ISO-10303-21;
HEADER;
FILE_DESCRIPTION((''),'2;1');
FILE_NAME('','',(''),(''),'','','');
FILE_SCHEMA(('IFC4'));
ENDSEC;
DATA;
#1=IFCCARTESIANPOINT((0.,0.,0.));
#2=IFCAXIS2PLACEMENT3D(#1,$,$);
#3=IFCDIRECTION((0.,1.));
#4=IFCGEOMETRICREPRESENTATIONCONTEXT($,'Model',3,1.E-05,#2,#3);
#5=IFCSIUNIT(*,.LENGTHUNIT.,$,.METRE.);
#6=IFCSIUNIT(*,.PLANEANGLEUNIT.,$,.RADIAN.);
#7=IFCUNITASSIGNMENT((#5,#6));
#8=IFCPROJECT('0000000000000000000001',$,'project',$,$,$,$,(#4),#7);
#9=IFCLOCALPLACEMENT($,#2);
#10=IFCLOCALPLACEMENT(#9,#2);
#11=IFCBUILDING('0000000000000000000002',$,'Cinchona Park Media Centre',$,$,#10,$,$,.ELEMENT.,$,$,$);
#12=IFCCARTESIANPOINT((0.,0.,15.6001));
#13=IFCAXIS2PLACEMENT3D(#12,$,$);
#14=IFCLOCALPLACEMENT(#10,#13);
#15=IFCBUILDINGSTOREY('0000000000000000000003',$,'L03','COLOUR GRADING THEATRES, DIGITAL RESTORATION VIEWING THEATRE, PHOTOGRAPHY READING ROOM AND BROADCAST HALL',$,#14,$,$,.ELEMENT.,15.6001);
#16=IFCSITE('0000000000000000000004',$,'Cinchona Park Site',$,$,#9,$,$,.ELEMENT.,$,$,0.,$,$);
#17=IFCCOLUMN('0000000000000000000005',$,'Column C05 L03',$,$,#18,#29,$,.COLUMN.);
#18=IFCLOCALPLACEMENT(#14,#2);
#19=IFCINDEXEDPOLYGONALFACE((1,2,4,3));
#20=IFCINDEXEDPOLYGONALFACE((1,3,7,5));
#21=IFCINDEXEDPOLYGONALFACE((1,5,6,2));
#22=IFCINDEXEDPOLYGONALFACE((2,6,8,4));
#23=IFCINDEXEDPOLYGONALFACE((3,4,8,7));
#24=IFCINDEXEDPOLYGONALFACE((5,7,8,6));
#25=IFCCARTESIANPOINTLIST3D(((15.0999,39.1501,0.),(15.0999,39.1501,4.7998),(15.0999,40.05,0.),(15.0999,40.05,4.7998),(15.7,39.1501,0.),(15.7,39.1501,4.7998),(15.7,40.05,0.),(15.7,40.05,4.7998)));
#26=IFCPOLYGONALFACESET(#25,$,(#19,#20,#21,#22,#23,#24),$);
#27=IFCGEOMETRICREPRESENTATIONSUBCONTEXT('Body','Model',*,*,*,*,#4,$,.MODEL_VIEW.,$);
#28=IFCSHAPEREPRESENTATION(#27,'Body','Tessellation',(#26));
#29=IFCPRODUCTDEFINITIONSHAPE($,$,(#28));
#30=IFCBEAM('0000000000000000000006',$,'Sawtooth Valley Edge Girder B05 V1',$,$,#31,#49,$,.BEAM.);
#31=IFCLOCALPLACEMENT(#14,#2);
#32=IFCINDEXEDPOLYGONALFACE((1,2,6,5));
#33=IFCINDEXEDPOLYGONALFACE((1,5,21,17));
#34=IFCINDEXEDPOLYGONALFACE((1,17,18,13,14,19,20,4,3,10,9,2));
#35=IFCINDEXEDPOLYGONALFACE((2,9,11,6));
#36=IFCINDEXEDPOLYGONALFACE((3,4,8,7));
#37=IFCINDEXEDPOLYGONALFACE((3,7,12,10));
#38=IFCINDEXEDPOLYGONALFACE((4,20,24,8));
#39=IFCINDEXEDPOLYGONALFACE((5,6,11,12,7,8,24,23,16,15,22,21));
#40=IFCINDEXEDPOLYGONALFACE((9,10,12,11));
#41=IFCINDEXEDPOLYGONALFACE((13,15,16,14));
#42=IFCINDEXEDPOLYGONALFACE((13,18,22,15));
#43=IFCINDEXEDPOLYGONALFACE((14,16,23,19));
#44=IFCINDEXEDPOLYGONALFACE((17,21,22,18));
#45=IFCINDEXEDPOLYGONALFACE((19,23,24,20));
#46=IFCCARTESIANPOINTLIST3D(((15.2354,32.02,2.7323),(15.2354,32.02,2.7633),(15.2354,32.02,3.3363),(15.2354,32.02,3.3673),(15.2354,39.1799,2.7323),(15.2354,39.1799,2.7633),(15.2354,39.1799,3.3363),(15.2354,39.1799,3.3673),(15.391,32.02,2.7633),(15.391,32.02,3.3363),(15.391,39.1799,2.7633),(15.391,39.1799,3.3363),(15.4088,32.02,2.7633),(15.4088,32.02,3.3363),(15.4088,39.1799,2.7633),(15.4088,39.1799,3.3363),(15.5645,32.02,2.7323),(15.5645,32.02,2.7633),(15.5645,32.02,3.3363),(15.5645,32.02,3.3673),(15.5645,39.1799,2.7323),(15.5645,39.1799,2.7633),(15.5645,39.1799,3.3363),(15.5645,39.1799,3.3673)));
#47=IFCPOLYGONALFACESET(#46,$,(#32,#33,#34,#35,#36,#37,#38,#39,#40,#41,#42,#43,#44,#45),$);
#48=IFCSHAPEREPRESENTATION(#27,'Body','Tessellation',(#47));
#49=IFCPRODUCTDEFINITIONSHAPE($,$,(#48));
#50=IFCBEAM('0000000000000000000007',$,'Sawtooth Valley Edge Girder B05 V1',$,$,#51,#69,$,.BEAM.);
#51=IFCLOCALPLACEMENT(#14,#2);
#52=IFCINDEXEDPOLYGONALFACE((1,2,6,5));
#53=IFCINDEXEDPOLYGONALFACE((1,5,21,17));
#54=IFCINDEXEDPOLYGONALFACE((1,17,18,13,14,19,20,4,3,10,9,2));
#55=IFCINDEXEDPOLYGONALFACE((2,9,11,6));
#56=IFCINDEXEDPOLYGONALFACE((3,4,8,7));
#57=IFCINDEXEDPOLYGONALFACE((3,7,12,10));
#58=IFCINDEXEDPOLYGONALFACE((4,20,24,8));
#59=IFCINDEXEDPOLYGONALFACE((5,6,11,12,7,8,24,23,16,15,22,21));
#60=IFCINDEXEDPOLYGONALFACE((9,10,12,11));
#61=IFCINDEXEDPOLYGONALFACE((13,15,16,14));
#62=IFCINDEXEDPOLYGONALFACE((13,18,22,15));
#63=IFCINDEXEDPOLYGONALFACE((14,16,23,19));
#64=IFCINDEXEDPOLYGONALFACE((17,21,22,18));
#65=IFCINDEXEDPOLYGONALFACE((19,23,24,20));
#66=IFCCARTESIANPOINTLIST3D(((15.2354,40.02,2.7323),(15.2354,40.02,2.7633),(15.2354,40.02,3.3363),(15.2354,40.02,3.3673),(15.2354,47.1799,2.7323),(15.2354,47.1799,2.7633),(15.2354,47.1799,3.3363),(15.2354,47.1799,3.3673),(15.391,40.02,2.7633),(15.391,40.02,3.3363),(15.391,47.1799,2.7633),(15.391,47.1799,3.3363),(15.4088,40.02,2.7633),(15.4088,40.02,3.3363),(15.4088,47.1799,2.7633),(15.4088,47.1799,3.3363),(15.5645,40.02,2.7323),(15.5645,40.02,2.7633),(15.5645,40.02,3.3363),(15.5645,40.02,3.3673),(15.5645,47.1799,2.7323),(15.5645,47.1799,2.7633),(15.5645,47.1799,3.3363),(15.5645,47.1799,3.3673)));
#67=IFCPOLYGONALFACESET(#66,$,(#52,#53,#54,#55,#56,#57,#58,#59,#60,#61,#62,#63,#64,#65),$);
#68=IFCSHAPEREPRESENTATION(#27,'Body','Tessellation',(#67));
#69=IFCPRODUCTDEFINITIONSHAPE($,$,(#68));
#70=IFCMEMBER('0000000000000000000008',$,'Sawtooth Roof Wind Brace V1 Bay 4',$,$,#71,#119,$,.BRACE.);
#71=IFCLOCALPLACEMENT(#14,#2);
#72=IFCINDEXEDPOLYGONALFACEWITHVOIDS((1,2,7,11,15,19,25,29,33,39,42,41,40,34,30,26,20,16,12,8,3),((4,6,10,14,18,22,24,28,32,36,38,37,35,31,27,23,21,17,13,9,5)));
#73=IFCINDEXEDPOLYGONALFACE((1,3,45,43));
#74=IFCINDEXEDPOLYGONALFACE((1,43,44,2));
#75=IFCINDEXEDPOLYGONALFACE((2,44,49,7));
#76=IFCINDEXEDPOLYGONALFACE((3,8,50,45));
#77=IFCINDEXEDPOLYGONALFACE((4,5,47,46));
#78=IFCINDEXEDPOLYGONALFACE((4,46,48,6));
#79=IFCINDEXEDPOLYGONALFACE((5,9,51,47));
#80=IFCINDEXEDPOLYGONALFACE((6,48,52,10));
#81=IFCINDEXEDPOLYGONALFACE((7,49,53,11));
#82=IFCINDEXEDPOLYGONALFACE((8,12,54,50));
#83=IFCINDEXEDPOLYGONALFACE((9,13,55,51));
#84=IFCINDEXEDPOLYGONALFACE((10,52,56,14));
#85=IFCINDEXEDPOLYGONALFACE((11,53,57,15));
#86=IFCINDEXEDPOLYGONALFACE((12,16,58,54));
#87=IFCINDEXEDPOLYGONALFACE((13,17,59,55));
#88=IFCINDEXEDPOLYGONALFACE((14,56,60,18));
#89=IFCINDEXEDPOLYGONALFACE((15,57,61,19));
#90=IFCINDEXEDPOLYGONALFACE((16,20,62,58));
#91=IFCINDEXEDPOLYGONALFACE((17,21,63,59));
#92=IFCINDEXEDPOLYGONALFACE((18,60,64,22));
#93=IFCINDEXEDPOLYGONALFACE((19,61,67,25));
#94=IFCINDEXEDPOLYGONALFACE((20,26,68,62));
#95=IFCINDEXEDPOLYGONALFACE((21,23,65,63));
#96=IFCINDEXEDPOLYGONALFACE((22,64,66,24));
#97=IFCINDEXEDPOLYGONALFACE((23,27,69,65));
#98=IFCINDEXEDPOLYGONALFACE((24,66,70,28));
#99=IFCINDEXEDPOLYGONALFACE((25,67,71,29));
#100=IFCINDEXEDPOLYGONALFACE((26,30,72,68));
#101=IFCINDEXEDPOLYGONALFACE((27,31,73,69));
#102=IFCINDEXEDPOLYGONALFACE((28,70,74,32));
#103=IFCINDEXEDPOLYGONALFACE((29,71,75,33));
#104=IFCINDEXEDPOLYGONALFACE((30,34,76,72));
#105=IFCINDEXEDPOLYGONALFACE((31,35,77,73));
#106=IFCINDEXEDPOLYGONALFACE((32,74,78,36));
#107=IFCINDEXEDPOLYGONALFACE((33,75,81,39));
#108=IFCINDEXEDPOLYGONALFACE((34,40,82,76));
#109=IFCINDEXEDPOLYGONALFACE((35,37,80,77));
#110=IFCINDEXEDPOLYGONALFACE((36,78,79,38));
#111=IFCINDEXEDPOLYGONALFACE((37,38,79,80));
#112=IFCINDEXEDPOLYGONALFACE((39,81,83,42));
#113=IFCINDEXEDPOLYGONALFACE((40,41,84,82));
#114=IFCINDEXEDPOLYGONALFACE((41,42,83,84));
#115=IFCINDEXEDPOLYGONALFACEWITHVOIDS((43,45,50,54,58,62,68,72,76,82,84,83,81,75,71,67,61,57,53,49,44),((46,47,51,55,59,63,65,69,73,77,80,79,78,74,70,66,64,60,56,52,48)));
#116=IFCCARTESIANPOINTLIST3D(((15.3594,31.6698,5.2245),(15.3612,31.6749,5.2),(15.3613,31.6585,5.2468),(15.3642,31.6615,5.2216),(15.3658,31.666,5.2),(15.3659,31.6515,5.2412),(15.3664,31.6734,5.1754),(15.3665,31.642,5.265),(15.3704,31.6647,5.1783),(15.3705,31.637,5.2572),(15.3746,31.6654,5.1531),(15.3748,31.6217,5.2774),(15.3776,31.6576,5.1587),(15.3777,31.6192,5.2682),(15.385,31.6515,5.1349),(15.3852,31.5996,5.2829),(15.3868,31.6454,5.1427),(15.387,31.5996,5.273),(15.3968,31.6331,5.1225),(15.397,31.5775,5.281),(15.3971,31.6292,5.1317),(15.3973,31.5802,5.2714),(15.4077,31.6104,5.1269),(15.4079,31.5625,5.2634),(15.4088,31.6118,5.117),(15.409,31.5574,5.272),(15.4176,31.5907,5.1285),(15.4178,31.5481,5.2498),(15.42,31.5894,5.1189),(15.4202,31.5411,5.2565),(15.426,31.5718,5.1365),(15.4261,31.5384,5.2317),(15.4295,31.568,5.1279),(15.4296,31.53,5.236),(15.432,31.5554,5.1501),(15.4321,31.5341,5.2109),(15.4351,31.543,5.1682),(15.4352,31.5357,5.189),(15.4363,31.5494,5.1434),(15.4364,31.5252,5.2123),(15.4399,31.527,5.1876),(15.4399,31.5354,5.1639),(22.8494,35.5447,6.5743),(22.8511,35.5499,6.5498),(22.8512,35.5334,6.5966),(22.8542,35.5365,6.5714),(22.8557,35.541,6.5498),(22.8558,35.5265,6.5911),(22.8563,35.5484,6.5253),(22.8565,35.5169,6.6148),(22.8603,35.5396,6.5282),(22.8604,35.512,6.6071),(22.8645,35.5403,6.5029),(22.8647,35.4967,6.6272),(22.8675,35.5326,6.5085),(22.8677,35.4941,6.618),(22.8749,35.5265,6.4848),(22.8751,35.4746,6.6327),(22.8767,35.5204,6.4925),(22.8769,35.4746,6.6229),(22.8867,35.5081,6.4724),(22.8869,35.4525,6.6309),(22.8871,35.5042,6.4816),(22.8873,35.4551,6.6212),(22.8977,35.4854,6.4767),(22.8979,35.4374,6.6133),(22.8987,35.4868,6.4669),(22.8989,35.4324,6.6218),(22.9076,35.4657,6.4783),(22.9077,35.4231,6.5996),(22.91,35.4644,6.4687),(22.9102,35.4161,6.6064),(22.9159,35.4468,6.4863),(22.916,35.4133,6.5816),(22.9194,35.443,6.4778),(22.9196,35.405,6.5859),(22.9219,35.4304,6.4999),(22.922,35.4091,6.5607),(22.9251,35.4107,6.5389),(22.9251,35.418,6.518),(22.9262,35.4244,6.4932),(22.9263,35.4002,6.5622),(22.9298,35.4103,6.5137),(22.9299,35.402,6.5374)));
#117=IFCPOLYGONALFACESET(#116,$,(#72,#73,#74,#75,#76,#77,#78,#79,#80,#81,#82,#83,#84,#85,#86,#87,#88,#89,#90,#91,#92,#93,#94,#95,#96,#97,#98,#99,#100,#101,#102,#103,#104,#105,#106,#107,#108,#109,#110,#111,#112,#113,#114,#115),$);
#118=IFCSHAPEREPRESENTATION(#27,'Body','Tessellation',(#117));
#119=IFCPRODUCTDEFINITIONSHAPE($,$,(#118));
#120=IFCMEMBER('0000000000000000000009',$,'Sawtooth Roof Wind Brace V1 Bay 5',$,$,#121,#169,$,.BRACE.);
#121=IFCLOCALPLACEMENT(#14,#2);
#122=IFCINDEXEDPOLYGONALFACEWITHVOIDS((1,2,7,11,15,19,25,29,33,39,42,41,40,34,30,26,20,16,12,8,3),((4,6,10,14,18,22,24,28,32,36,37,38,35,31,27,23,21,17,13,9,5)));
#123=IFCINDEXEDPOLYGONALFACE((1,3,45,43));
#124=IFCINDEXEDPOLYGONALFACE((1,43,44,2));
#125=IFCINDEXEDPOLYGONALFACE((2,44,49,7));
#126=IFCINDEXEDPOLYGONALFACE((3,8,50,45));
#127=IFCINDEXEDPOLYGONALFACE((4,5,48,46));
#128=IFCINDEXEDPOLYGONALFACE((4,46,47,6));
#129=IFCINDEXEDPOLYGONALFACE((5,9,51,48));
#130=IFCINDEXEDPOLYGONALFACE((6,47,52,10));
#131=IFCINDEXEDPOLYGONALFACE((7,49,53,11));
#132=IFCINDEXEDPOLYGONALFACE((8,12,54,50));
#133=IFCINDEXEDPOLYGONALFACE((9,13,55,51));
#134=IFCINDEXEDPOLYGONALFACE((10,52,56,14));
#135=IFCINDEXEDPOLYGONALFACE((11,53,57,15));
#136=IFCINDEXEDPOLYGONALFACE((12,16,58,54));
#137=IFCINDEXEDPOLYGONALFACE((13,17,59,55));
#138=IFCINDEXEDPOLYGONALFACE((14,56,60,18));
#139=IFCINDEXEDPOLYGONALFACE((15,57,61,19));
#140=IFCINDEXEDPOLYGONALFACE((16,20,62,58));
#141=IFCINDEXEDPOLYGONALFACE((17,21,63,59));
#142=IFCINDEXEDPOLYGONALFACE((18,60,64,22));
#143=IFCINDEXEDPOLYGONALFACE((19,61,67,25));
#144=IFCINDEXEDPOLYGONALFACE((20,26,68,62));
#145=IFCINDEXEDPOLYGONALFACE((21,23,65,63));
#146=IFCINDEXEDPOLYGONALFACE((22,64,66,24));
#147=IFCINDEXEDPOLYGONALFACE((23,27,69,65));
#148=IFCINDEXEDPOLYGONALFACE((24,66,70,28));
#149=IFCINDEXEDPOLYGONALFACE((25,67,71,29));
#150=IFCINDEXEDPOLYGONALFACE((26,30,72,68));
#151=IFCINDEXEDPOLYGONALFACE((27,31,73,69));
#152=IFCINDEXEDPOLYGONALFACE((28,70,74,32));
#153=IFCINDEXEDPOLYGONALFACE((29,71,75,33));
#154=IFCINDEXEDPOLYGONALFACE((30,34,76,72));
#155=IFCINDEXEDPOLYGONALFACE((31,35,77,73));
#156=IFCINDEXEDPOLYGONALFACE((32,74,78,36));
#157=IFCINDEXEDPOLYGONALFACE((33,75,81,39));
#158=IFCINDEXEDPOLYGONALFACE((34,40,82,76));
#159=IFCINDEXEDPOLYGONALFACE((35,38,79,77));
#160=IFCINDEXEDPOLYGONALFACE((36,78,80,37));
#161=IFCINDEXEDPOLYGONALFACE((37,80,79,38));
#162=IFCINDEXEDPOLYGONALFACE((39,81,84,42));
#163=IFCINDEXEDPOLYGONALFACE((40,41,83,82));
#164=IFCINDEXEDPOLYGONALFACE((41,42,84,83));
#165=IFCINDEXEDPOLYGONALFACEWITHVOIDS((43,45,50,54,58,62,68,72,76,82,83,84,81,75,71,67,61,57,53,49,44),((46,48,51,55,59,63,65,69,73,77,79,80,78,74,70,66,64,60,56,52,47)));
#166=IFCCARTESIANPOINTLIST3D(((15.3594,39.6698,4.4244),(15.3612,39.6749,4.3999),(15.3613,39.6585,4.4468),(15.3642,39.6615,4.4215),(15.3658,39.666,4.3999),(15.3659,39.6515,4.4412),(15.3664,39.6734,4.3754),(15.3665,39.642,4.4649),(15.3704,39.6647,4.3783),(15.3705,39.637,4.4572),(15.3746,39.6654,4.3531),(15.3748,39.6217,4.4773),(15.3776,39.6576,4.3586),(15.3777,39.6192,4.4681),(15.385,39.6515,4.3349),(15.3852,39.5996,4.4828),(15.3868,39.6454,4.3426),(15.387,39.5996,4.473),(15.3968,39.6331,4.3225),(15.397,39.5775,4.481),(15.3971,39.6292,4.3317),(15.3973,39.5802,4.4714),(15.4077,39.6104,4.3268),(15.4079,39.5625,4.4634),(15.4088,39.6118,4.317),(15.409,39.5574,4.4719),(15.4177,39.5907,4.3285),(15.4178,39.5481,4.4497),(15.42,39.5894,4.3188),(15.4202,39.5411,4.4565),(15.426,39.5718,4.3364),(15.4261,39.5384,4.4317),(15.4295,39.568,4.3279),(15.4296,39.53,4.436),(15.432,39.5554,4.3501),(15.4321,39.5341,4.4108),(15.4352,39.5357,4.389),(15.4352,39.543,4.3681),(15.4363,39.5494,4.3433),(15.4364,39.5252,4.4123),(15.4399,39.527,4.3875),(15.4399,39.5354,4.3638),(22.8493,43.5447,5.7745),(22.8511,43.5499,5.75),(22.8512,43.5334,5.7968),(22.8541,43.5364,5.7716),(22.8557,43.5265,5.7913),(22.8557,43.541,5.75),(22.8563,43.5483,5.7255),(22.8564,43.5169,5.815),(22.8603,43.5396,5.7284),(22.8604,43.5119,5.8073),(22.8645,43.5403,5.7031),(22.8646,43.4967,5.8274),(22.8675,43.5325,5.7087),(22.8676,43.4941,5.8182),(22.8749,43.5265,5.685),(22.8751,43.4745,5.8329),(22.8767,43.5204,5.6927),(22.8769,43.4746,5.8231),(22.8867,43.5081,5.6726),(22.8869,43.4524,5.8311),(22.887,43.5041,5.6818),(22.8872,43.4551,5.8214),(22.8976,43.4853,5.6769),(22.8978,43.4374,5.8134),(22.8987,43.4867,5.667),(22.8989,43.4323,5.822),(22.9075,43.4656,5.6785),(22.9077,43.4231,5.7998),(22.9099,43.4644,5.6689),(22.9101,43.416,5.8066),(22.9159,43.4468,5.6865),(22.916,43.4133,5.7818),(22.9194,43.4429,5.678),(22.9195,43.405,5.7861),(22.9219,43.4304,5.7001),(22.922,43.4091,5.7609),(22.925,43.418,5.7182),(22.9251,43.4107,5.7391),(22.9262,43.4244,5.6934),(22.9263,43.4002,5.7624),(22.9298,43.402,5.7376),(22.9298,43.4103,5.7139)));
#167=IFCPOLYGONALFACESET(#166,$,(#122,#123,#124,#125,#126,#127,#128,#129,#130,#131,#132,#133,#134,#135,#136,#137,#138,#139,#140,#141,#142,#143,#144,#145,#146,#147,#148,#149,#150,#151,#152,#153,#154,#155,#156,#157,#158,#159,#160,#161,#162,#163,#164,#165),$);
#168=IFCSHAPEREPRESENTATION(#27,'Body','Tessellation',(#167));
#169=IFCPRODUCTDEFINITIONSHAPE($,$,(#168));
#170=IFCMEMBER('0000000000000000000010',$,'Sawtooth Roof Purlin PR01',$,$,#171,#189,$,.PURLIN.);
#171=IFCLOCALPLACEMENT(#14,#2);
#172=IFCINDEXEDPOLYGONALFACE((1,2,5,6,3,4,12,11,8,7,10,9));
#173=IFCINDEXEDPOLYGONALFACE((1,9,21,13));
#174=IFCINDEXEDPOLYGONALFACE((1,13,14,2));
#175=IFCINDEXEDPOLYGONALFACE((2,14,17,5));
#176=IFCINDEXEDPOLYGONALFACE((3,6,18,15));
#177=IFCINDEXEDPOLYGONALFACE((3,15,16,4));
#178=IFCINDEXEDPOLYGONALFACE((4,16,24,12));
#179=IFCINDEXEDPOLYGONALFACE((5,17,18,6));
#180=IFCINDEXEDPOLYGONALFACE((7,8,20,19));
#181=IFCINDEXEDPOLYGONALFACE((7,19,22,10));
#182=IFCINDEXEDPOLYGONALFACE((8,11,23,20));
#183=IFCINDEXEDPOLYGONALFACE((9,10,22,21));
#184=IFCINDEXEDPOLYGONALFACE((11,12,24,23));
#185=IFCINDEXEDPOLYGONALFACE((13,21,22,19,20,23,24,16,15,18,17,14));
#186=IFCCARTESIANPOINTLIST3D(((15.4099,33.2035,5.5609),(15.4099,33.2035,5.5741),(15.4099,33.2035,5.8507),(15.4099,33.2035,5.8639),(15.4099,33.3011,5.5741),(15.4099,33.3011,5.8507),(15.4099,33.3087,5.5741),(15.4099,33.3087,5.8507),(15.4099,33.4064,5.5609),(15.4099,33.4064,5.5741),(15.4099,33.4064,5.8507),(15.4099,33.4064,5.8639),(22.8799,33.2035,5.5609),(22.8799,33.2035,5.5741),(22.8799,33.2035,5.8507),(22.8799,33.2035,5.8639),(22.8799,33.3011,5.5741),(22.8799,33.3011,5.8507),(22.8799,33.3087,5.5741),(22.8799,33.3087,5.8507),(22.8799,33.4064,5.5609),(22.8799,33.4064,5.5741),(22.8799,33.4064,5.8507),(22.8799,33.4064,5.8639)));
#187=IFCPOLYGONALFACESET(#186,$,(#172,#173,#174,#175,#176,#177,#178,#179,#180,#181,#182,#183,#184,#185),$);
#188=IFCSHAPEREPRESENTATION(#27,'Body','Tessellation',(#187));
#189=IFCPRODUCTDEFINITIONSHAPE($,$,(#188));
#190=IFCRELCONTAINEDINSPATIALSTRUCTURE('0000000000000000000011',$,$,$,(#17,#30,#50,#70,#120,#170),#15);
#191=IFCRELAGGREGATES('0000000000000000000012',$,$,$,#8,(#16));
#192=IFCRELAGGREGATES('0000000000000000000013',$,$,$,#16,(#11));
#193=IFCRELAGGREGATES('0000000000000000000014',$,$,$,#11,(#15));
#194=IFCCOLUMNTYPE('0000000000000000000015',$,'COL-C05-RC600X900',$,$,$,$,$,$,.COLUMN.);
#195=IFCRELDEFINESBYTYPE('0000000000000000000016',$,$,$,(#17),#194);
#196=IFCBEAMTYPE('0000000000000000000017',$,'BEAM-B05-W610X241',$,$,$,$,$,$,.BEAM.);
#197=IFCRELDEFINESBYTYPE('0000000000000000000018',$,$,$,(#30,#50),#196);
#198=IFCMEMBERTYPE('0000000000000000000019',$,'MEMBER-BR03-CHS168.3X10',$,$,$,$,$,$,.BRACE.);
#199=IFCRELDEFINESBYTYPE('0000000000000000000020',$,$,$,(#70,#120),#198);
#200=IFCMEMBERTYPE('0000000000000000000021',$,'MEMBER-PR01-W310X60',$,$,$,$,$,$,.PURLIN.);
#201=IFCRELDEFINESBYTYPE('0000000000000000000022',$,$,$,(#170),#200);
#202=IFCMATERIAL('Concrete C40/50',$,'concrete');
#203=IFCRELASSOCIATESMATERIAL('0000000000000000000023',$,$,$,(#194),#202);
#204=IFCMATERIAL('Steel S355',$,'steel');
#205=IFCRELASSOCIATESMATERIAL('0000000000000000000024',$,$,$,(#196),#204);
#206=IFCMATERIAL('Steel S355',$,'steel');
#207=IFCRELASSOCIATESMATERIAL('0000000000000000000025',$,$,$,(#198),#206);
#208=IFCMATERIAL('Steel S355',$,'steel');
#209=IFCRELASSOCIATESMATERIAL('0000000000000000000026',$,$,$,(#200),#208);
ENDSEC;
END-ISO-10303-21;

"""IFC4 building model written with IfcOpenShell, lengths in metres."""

from ifc_helpers import new_model, si_unit, direction, frame, origin, origin_2d, place, context, subcontext, project, spatial, rectangle, hollow_circle, i_section, extrude, material, material_profile, profile_set, type_object, element, save


model = new_model("IFC4")

# Units and contexts
model_context = context("Model", 3, precision=1e-05, world=origin(), true_north=direction((0.0, 1.0)))
body_context = subcontext(model_context, "Body", "Model", "MODEL_VIEW")
ifc_project = project(units=[si_unit("LENGTHUNIT", "METRE"), si_unit("PLANEANGLEUNIT", "RADIAN")], contexts=[model_context])

# Site, building, storey
site_placement = place(None, origin())
site = spatial("IfcSite", under=ifc_project, at=site_placement, Name="Cinchona Park Site", CompositionType="ELEMENT", RefElevation=0.0)
building_placement = place(site_placement, origin())
building = spatial("IfcBuilding", under=site, at=building_placement, Name="Cinchona Park Media Centre", CompositionType="ELEMENT")
storey_placement = place(building_placement, frame((0.0, 0.0, 15.6001)))
storey = spatial("IfcBuildingStorey", under=building, at=storey_placement, Name="L03", Description="COLOUR GRADING THEATRES, DIGITAL RESTORATION VIEWING THEATRE, PHOTOGRAPHY READING ROOM AND BROADCAST HALL", CompositionType="ELEMENT", Elevation=15.6001)

# Column
ifc_material_1 = material(Name="Concrete C40/50", Category="concrete")
ifc_material_profile_1 = material_profile(ifc_material_1, rectangle(XDim=0.6001, YDim=0.8999, at=origin_2d()), Name="RC 600X900")
ifc_profile_set_1 = profile_set([ifc_material_profile_1], Name="Concrete C40/50")
column_type = type_object("IfcColumnType", Name="COL-C05-RC600X900", PredefinedType="COLUMN", material=ifc_profile_set_1)
column_placement = place(storey_placement, frame((15.3999, 39.6001, 0.0), z_axis=(0.0, 0.0, 1.0), x_axis=(1.0, 0.0, 0.0)))
element("IfcColumn", 1, at=column_placement, inside=storey, type_object=column_type, Name="Column C05 L03", PredefinedType="COLUMN", context=body_context, shape_type="SweptSolid", body=[
    extrude(rectangle(XDim=0.6001, YDim=0.8999, at=origin_2d()), origin(), (0.0, 0.0, 1.0), 4.7998),
])

# Beams
ifc_material_2 = material(Name="Steel S355", Category="steel")
ifc_material_profile_2 = material_profile(ifc_material_2, i_section(OverallWidth=0.3291, OverallDepth=0.635, WebThickness=0.0178, FlangeThickness=0.031, at=origin_2d()), Name="W610X241")
ifc_profile_set_2 = profile_set([ifc_material_profile_2], Name="Steel S355")
beam_type = type_object("IfcBeamType", Name="BEAM-B05-W610X241", PredefinedType="BEAM", material=ifc_profile_set_2)
for number, where, z_axis, x_axis, name in (
    (2, (15.3999, 32.02, 3.0498), (0.0, 1.0, 0.0), (-1.0, 0.0, 0.0), "Sawtooth Valley Edge Girder B05 V1"),
    (3, (15.3999, 40.02, 3.0498), (0.0, 1.0, 0.0), (-1.0, 0.0, 0.0), "Sawtooth Valley Edge Girder B05 V1"),
):
    element("IfcBeam", number, at=place(storey_placement, frame(where, z_axis=z_axis, x_axis=x_axis)), inside=storey, type_object=beam_type, Name=name, PredefinedType="BEAM", context=body_context, shape_type="SweptSolid", body=[
        extrude(i_section(OverallWidth=0.3291, OverallDepth=0.635, WebThickness=0.0178, FlangeThickness=0.031, at=origin_2d()), origin(), (0.0, 0.0, 1.0), 7.1599),
    ])

# Members
ifc_material_3 = material(Name="Steel S355", Category="steel")
ifc_material_profile_3 = material_profile(ifc_material_3, hollow_circle(Radius=0.0842, WallThickness=0.01, at=origin_2d()), Name="168.3X10CHS")
ifc_profile_set_3 = profile_set([ifc_material_profile_3], Name="Steel S355")
member_type_1 = type_object("IfcMemberType", Name="MEMBER-BR03-CHS168.3X10", PredefinedType="BRACE", material=ifc_profile_set_3)
for number, where, z_axis, x_axis, name in (
    (4, (15.3999, 31.6001, 5.2), (0.877011, 0.453728, 0.158056), (-0.459504, 0.888176, 0.0), "Sawtooth Roof Wind Brace V1 Bay 4"),
    (5, (15.3999, 39.6001, 4.3999), (0.877007, 0.453726, 0.158084), (-0.459504, 0.888176, 0.0), "Sawtooth Roof Wind Brace V1 Bay 5"),
):
    element("IfcMember", number, at=place(storey_placement, frame(where, z_axis=z_axis, x_axis=x_axis)), inside=storey, type_object=member_type_1, Name=name, PredefinedType="BRACE", context=body_context, shape_type="SweptSolid", body=[
        extrude(hollow_circle(Radius=0.0842, WallThickness=0.01, at=origin_2d()), origin(), (0.0, 0.0, 1.0), 8.5403),
    ])
ifc_material_4 = material(Name="Steel S355", Category="steel")
ifc_material_profile_4 = material_profile(ifc_material_4, i_section(OverallWidth=0.2029, OverallDepth=0.303, WebThickness=0.0076, FlangeThickness=0.0132, at=origin_2d()), Name="W310X60")
ifc_profile_set_4 = profile_set([ifc_material_profile_4], Name="Steel S355")
member_type_2 = type_object("IfcMemberType", Name="MEMBER-PR01-W310X60", PredefinedType="PURLIN", material=ifc_profile_set_4)
for number, where, z_axis, x_axis, name in (
    (6, (15.4099, 33.3049, 5.7124), (1.0, 0.0, 0.0), (0.0, 1.0, 0.0), "Sawtooth Roof Purlin PR01"),
):
    element("IfcMember", number, at=place(storey_placement, frame(where, z_axis=z_axis, x_axis=x_axis)), inside=storey, type_object=member_type_2, Name=name, PredefinedType="PURLIN", context=body_context, shape_type="SweptSolid", body=[
        extrude(i_section(OverallWidth=0.2029, OverallDepth=0.303, WebThickness=0.0076, FlangeThickness=0.0132, at=origin_2d()), origin(), (0.0, 0.0, 1.0), 7.47),
    ])

save(model, "model.ifc")
